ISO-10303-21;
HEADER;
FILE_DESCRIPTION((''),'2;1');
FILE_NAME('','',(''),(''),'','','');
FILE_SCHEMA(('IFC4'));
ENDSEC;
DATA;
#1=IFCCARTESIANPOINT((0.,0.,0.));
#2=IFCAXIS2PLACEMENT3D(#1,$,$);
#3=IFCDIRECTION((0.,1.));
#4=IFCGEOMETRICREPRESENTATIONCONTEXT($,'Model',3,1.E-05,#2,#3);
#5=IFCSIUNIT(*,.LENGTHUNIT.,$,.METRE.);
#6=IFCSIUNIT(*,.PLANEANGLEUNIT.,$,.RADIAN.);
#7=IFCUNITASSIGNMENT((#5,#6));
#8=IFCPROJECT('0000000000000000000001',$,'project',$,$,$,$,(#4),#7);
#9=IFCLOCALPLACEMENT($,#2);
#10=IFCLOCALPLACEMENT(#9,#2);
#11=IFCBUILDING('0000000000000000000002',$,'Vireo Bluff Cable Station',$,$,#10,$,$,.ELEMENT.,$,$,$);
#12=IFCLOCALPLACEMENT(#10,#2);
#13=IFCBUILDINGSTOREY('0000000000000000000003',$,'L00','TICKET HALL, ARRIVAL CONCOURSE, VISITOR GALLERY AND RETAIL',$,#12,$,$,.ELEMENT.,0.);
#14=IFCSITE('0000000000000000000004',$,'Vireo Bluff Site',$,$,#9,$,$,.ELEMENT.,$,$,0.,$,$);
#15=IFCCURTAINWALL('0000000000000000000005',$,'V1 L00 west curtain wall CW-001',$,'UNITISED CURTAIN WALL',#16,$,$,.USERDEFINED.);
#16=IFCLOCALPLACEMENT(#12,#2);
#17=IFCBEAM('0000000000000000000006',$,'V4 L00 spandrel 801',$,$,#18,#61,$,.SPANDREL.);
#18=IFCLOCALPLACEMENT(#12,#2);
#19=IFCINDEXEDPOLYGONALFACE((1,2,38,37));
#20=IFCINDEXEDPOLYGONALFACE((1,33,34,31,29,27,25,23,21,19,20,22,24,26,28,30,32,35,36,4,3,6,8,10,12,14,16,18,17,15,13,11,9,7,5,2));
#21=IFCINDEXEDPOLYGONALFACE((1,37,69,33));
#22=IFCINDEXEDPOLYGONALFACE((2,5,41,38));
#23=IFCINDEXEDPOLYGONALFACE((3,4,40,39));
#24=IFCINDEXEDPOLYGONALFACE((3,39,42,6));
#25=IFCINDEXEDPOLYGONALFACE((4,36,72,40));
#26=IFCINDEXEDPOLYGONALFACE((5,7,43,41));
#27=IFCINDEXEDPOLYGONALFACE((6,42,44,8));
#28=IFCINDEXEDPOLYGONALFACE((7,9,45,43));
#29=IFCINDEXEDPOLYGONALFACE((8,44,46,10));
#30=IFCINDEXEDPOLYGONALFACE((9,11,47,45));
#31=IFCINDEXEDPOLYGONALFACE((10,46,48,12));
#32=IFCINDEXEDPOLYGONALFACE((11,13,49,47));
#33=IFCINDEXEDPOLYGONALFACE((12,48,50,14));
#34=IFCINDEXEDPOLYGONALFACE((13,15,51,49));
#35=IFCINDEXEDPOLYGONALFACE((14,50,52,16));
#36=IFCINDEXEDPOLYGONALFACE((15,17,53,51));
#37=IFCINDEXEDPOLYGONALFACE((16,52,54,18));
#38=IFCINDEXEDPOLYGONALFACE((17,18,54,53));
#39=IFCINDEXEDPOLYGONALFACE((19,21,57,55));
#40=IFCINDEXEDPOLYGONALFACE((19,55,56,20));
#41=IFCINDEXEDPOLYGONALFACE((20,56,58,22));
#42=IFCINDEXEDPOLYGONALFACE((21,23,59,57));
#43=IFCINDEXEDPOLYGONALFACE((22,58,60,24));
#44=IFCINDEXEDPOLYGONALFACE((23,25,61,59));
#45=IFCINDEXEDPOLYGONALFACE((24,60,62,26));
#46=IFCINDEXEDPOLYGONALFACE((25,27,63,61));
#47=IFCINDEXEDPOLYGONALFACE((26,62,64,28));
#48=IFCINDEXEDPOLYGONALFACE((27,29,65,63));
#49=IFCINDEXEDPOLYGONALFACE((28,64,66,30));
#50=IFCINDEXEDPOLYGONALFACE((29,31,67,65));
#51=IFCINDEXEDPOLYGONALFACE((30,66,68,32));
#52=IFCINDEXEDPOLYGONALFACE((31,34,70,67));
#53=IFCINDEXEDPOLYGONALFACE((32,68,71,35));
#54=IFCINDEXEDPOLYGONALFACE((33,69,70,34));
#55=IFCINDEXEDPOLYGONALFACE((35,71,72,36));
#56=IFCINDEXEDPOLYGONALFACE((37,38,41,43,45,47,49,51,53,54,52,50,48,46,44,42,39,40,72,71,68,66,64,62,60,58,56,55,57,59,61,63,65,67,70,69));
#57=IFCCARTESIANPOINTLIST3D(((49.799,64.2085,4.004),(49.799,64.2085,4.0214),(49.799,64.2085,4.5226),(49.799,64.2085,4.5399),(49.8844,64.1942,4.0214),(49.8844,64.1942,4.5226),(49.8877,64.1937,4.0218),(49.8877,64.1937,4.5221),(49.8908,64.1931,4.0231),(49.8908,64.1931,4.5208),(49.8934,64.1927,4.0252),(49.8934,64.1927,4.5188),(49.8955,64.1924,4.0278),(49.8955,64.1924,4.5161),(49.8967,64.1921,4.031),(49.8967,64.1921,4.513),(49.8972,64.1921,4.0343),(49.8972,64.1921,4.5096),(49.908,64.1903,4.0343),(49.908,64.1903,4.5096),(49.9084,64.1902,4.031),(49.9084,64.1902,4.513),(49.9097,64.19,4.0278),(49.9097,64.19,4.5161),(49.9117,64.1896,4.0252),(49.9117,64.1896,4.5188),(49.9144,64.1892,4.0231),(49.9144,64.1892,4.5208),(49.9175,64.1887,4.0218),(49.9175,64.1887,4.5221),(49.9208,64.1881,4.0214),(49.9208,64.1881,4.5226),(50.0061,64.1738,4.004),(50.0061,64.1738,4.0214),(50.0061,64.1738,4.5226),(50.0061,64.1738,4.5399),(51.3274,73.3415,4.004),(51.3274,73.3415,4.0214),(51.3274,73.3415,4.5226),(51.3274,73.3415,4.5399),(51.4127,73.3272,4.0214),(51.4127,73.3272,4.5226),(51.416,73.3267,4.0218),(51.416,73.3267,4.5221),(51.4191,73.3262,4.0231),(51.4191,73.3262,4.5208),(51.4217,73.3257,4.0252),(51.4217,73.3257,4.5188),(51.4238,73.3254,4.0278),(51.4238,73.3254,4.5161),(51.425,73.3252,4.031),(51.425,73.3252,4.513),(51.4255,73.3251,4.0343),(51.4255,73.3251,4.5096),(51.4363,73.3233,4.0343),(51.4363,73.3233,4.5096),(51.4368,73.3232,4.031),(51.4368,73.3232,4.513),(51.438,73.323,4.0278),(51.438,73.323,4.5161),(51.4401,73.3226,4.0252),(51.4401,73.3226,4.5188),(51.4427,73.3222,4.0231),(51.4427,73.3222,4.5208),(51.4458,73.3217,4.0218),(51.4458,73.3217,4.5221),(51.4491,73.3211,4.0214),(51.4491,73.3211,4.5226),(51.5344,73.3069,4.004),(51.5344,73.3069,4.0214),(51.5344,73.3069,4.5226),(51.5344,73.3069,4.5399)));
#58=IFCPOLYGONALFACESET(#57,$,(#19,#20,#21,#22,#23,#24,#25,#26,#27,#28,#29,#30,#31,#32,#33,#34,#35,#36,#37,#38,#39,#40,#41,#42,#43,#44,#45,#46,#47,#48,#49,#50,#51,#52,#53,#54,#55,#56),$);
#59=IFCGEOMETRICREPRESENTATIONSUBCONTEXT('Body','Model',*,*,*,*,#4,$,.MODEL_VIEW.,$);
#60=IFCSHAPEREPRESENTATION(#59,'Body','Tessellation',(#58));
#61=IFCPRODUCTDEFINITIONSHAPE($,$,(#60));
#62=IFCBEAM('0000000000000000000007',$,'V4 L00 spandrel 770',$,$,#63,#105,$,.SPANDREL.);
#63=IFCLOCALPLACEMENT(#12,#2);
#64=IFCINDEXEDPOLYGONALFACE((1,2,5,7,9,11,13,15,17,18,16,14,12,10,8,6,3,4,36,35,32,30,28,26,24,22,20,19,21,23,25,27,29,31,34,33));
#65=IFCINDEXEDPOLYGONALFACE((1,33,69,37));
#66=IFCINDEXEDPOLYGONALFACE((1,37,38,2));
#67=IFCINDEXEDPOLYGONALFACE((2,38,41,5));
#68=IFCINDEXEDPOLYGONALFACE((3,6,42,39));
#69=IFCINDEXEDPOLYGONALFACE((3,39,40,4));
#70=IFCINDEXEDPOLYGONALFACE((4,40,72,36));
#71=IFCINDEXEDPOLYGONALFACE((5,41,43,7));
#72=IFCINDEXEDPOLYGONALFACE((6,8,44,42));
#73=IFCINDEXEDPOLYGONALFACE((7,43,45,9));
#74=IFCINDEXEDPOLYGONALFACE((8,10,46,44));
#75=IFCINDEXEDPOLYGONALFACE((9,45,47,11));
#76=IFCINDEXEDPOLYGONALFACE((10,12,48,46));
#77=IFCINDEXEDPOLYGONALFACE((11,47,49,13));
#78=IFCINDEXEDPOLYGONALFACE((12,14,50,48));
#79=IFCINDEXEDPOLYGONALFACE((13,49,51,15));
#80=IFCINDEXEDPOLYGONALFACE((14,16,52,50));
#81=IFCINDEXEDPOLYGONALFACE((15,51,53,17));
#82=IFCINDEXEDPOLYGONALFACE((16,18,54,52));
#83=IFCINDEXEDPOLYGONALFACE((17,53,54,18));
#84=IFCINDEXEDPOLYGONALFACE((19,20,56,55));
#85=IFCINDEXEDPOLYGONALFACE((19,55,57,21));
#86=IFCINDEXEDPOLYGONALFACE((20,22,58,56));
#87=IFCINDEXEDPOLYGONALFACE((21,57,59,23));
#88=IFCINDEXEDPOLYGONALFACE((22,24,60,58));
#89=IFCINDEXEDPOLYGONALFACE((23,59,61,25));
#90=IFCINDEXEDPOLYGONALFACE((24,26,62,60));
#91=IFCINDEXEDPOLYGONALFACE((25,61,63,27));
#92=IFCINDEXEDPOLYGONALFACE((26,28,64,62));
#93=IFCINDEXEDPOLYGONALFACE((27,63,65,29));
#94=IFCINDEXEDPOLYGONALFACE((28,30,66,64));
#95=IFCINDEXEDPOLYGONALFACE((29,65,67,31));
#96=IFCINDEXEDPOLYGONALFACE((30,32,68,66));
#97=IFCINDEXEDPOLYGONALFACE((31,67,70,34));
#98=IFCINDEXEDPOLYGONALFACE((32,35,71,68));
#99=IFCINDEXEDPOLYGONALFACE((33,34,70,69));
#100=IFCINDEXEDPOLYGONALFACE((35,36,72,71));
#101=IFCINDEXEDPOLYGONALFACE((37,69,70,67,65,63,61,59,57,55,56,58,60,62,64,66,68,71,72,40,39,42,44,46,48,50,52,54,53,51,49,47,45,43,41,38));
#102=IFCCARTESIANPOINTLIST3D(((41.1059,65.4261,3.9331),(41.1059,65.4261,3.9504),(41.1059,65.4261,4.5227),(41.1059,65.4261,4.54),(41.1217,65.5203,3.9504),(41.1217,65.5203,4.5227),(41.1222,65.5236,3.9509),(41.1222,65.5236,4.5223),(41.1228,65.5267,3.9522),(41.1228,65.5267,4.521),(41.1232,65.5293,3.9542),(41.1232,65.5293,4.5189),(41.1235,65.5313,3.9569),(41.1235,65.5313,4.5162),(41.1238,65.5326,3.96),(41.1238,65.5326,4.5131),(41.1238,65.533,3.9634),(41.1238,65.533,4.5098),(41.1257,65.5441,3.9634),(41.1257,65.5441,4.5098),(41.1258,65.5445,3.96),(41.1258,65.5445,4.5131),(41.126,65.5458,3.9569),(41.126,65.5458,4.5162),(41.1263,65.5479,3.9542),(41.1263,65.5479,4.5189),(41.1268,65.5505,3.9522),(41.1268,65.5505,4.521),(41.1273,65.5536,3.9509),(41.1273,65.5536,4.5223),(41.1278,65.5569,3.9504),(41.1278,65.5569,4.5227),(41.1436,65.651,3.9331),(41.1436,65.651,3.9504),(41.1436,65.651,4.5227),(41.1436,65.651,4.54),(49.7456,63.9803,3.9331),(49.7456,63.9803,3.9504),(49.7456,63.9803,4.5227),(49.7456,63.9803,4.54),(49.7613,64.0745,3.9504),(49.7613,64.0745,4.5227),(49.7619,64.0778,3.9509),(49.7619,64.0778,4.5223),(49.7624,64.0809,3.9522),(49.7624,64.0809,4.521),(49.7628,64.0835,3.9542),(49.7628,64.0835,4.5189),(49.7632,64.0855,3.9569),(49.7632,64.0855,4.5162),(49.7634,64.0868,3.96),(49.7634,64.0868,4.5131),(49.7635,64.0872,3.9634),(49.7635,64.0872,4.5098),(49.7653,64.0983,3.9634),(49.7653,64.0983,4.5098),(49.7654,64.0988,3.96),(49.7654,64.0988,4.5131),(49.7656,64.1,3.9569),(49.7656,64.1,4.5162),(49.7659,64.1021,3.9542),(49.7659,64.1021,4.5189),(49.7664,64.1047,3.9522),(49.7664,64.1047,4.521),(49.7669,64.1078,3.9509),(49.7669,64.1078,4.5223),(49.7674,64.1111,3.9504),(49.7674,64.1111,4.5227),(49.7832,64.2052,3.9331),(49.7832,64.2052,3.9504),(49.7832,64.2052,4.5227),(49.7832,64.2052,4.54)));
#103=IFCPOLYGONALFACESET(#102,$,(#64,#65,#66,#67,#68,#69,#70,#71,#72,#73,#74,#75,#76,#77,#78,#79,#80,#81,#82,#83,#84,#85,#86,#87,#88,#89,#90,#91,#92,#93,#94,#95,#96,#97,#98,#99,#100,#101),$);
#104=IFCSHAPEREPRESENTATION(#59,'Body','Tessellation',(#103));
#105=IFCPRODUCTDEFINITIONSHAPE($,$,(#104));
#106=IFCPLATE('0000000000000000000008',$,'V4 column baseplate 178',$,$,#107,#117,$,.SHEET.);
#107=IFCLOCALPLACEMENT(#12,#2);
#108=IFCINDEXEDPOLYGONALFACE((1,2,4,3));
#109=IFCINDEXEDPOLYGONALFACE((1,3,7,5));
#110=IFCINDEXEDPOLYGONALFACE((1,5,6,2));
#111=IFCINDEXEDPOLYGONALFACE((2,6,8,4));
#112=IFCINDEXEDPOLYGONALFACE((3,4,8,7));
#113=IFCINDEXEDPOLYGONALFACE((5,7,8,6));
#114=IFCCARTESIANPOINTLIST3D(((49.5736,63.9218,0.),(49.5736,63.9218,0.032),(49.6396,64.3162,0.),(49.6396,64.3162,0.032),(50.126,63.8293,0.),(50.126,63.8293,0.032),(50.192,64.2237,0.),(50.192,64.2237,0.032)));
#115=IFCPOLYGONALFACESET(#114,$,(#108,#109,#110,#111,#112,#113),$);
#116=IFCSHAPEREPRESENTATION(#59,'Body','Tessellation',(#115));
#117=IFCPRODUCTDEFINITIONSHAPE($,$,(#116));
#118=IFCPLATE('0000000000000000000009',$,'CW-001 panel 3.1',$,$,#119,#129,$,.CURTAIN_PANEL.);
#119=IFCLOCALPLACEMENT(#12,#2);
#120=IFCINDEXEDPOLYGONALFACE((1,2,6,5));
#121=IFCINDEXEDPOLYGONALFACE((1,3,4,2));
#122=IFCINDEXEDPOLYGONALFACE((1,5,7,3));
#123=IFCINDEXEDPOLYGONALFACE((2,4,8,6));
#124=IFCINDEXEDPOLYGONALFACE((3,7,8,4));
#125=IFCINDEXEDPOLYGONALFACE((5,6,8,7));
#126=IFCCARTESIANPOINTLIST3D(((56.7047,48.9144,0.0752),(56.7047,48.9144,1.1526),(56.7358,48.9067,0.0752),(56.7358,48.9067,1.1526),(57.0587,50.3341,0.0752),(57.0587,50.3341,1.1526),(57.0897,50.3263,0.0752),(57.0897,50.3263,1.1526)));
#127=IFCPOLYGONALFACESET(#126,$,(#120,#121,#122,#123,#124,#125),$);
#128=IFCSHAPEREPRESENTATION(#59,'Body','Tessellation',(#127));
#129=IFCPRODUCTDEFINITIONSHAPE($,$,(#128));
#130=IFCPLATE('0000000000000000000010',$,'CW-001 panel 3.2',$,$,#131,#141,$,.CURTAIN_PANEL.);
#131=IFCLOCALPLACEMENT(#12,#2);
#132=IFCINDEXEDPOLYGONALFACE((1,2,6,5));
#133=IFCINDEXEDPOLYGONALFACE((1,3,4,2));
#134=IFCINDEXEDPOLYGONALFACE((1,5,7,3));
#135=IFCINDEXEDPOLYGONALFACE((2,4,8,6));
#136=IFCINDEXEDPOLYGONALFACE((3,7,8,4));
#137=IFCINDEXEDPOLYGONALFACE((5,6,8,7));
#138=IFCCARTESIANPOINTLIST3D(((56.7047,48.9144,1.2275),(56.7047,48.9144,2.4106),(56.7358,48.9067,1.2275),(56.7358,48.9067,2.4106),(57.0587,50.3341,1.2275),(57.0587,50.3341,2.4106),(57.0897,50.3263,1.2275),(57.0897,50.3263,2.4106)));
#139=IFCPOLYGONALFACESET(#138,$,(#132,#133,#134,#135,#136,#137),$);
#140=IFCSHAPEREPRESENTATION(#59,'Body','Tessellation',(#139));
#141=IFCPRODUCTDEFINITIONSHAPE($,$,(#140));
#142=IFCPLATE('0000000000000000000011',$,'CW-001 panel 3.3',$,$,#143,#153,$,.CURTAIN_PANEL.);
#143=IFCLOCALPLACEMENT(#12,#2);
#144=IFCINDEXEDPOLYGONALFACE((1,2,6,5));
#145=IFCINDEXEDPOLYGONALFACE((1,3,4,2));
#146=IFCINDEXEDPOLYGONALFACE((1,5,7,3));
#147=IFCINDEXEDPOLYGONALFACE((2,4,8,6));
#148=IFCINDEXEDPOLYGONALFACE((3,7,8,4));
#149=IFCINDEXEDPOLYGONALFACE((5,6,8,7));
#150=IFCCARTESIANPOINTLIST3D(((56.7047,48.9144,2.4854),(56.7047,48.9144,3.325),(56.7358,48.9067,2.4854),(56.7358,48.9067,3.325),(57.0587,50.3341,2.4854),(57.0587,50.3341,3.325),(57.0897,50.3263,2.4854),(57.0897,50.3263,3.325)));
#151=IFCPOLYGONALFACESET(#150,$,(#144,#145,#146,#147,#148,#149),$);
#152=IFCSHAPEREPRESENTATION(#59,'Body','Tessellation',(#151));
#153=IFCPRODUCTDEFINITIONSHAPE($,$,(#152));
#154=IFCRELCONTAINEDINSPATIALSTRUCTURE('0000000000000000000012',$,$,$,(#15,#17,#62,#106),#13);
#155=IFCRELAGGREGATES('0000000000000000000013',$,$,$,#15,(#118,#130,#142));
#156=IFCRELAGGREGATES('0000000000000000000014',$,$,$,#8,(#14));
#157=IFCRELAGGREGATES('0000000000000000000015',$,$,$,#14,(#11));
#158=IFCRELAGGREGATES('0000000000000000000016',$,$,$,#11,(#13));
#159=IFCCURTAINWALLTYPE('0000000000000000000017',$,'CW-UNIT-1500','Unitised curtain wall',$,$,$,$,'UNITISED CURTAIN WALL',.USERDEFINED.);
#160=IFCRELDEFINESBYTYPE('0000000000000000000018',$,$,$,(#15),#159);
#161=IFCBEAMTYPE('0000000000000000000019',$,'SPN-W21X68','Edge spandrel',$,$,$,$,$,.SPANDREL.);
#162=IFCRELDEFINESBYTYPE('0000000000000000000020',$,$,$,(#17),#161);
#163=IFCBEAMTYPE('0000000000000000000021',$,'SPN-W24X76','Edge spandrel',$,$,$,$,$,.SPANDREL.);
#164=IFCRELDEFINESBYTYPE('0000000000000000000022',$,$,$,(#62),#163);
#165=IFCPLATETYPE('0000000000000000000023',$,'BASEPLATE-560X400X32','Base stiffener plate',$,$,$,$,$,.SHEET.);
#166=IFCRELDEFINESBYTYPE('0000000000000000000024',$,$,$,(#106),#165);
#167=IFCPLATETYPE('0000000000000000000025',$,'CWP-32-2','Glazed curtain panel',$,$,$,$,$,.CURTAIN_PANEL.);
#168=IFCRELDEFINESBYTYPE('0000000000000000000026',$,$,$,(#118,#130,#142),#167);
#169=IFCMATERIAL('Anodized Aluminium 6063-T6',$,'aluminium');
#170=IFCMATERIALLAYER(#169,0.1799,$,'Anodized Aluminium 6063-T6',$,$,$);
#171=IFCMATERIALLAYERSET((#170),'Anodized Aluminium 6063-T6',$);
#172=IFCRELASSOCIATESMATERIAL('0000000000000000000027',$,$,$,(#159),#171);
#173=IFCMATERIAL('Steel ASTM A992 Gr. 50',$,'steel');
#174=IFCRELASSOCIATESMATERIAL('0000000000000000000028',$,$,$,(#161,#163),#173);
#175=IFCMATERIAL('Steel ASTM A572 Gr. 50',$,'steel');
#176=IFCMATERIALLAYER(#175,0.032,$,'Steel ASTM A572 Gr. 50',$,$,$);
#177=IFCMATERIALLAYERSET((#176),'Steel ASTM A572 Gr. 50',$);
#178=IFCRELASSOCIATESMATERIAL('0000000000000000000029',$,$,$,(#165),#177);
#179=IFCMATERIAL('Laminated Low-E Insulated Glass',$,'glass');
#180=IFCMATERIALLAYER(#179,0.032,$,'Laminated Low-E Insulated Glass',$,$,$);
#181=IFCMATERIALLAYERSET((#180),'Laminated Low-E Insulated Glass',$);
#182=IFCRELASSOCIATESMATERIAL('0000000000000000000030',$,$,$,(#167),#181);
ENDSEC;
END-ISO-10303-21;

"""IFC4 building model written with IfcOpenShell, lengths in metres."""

from ifc_helpers import new_model, si_unit, direction, frame, origin, origin_2d, place, context, subcontext, project, spatial, rectangle, i_section, extrude, material, layer, layer_set, material_profile, profile_set, type_object, element, aggregate, save


model = new_model("IFC4")

# Units and contexts
model_context = context("Model", 3, precision=1e-05, world=origin(), true_north=direction((0.0, 1.0)))
body_context = subcontext(model_context, "Body", "Model", "MODEL_VIEW")
ifc_project = project(units=[si_unit("LENGTHUNIT", "METRE"), si_unit("PLANEANGLEUNIT", "RADIAN")], contexts=[model_context])

# Site, building, storey
site_placement = place(None, origin())
site = spatial("IfcSite", under=ifc_project, at=site_placement, Name="Vireo Bluff Site", CompositionType="ELEMENT", RefElevation=0.0)
building_placement = place(site_placement, origin())
building = spatial("IfcBuilding", under=site, at=building_placement, Name="Vireo Bluff Cable Station", CompositionType="ELEMENT")
storey_placement = place(building_placement, origin())
storey = spatial("IfcBuildingStorey", under=building, at=storey_placement, Name="L00", Description="TICKET HALL, ARRIVAL CONCOURSE, VISITOR GALLERY AND RETAIL", CompositionType="ELEMENT", Elevation=0.0)

# Shared definitions
ifc_material_1 = material(Name="Steel ASTM A992 Gr. 50", Category="steel")

# Curtain wall
ifc_material_2 = material(Name="Anodized Aluminium 6063-T6", Category="aluminium")
ifc_layer_1 = layer(ifc_material_2, 0.1799, Name="Anodized Aluminium 6063-T6")
ifc_layer_set_1 = layer_set([ifc_layer_1], Name="Anodized Aluminium 6063-T6")
curtain_wall_type = type_object("IfcCurtainWallType", Name="CW-UNIT-1500", Description="Unitised curtain wall", ElementType="UNITISED CURTAIN WALL", PredefinedType="USERDEFINED", material=ifc_layer_set_1)
curtain_wall_placement = place(storey_placement, origin())
curtain_wall = element("IfcCurtainWall", 1, at=curtain_wall_placement, inside=storey, type_object=curtain_wall_type, Name="V1 L00 west curtain wall CW-001", ObjectType="UNITISED CURTAIN WALL", PredefinedType="USERDEFINED")

# Beams
ifc_material_profile_1 = material_profile(ifc_material_1, i_section(OverallWidth=0.21, OverallDepth=0.5359, WebThickness=0.011, FlangeThickness=0.0173, FilletRadius=0.0129, at=origin_2d()), Name="W21X68")
ifc_profile_set_1 = profile_set([ifc_material_profile_1], Name="Steel ASTM A992 Gr. 50")
beam_type_1 = type_object("IfcBeamType", Name="SPN-W21X68", Description="Edge spandrel", PredefinedType="SPANDREL", material=ifc_profile_set_1)
beam_1_placement = place(storey_placement, frame((49.9026, 64.1912, 4.272), z_axis=(0.165045, 0.986286, 0.0), x_axis=(-0.986286, 0.165045, 0.0)))
element("IfcBeam", 2, at=beam_1_placement, inside=storey, type_object=beam_type_1, Name="V4 L00 spandrel 801", PredefinedType="SPANDREL", context=body_context, shape_type="SweptSolid", body=[
    extrude(i_section(OverallWidth=0.21, OverallDepth=0.5359, WebThickness=0.011, FlangeThickness=0.0173, FilletRadius=0.0129, at=origin_2d()), origin(), (0.0, 0.0, 1.0), 9.26),
])
ifc_material_profile_2 = material_profile(ifc_material_1, i_section(OverallWidth=0.228, OverallDepth=0.6069, WebThickness=0.0112, FlangeThickness=0.0173, FilletRadius=0.0129, at=origin_2d()), Name="W24X76")
ifc_profile_set_2 = profile_set([ifc_material_profile_2], Name="Steel ASTM A992 Gr. 50")
beam_type_2 = type_object("IfcBeamType", Name="SPN-W24X76", Description="Edge spandrel", PredefinedType="SPANDREL", material=ifc_profile_set_2)
beam_2_placement = place(storey_placement, frame((41.1248, 65.5386, 4.2366), z_axis=(0.986285, -0.16505, 0.0), x_axis=(0.16505, 0.986285, 0.0)))
element("IfcBeam", 3, at=beam_2_placement, inside=storey, type_object=beam_type_2, Name="V4 L00 spandrel 770", PredefinedType="SPANDREL", context=body_context, shape_type="SweptSolid", body=[
    extrude(i_section(OverallWidth=0.228, OverallDepth=0.6069, WebThickness=0.0112, FlangeThickness=0.0173, FilletRadius=0.0129, at=origin_2d()), origin(), (0.0, 0.0, 1.0), 8.7598),
])

# Plates
ifc_material_3 = material(Name="Steel ASTM A572 Gr. 50", Category="steel")
ifc_layer_2 = layer(ifc_material_3, 0.032, Name="Steel ASTM A572 Gr. 50")
ifc_layer_set_2 = layer_set([ifc_layer_2], Name="Steel ASTM A572 Gr. 50")
plate_type_1 = type_object("IfcPlateType", Name="BASEPLATE-560X400X32", Description="Base stiffener plate", PredefinedType="SHEET", material=ifc_layer_set_2)
plate_1_placement = place(storey_placement, frame((49.8828, 64.0728, 0.0), z_axis=(0.0, 0.0, 1.0), x_axis=(0.986286, -0.165048, 0.0)))
element("IfcPlate", 4, at=plate_1_placement, inside=storey, type_object=plate_type_1, Name="V4 column baseplate 178", PredefinedType="SHEET", context=body_context, shape_type="SweptSolid", body=[
    extrude(rectangle(XDim=0.5601, YDim=0.3999, at=origin_2d()), origin(), (0.0, 0.0, 1.0), 0.032),
])
ifc_material_4 = material(Name="Laminated Low-E Insulated Glass", Category="glass")
ifc_layer_3 = layer(ifc_material_4, 0.032, Name="Laminated Low-E Insulated Glass")
ifc_layer_set_3 = layer_set([ifc_layer_3], Name="Laminated Low-E Insulated Glass")
plate_type_2 = type_object("IfcPlateType", Name="CWP-32-2", Description="Glazed curtain panel", PredefinedType="CURTAIN_PANEL", material=ifc_layer_set_3)
plate_2_placement = place(storey_placement, frame((56.8972, 49.6204, 0.0752), z_axis=(0.0, 0.0, 1.0), x_axis=(0.241922, 0.970296, 0.0)))
plate_2 = element("IfcPlate", 5, at=plate_2_placement, type_object=plate_type_2, Name="CW-001 panel 3.1", PredefinedType="CURTAIN_PANEL", context=body_context, shape_type="SweptSolid", body=[
    extrude(rectangle(XDim=1.4631, YDim=0.032, at=origin_2d()), origin(), (0.0, 0.0, 1.0), 1.0774),
])
plate_3_placement = place(storey_placement, frame((56.8972, 49.6204, 1.2275), z_axis=(0.0, 0.0, 1.0), x_axis=(0.241922, 0.970296, 0.0)))
plate_3 = element("IfcPlate", 6, at=plate_3_placement, type_object=plate_type_2, Name="CW-001 panel 3.2", PredefinedType="CURTAIN_PANEL", context=body_context, shape_type="SweptSolid", body=[
    extrude(rectangle(XDim=1.4631, YDim=0.032, at=origin_2d()), origin(), (0.0, 0.0, 1.0), 1.1831),
])
plate_4_placement = place(storey_placement, frame((56.8972, 49.6204, 2.4854), z_axis=(0.0, 0.0, 1.0), x_axis=(0.241922, 0.970296, 0.0)))
plate_4 = element("IfcPlate", 7, at=plate_4_placement, type_object=plate_type_2, Name="CW-001 panel 3.3", PredefinedType="CURTAIN_PANEL", context=body_context, shape_type="SweptSolid", body=[
    extrude(rectangle(XDim=1.4631, YDim=0.032, at=origin_2d()), origin(), (0.0, 0.0, 1.0), 0.8396),
])
aggregate(curtain_wall, [plate_2, plate_3, plate_4])

save(model, "model.ifc")
